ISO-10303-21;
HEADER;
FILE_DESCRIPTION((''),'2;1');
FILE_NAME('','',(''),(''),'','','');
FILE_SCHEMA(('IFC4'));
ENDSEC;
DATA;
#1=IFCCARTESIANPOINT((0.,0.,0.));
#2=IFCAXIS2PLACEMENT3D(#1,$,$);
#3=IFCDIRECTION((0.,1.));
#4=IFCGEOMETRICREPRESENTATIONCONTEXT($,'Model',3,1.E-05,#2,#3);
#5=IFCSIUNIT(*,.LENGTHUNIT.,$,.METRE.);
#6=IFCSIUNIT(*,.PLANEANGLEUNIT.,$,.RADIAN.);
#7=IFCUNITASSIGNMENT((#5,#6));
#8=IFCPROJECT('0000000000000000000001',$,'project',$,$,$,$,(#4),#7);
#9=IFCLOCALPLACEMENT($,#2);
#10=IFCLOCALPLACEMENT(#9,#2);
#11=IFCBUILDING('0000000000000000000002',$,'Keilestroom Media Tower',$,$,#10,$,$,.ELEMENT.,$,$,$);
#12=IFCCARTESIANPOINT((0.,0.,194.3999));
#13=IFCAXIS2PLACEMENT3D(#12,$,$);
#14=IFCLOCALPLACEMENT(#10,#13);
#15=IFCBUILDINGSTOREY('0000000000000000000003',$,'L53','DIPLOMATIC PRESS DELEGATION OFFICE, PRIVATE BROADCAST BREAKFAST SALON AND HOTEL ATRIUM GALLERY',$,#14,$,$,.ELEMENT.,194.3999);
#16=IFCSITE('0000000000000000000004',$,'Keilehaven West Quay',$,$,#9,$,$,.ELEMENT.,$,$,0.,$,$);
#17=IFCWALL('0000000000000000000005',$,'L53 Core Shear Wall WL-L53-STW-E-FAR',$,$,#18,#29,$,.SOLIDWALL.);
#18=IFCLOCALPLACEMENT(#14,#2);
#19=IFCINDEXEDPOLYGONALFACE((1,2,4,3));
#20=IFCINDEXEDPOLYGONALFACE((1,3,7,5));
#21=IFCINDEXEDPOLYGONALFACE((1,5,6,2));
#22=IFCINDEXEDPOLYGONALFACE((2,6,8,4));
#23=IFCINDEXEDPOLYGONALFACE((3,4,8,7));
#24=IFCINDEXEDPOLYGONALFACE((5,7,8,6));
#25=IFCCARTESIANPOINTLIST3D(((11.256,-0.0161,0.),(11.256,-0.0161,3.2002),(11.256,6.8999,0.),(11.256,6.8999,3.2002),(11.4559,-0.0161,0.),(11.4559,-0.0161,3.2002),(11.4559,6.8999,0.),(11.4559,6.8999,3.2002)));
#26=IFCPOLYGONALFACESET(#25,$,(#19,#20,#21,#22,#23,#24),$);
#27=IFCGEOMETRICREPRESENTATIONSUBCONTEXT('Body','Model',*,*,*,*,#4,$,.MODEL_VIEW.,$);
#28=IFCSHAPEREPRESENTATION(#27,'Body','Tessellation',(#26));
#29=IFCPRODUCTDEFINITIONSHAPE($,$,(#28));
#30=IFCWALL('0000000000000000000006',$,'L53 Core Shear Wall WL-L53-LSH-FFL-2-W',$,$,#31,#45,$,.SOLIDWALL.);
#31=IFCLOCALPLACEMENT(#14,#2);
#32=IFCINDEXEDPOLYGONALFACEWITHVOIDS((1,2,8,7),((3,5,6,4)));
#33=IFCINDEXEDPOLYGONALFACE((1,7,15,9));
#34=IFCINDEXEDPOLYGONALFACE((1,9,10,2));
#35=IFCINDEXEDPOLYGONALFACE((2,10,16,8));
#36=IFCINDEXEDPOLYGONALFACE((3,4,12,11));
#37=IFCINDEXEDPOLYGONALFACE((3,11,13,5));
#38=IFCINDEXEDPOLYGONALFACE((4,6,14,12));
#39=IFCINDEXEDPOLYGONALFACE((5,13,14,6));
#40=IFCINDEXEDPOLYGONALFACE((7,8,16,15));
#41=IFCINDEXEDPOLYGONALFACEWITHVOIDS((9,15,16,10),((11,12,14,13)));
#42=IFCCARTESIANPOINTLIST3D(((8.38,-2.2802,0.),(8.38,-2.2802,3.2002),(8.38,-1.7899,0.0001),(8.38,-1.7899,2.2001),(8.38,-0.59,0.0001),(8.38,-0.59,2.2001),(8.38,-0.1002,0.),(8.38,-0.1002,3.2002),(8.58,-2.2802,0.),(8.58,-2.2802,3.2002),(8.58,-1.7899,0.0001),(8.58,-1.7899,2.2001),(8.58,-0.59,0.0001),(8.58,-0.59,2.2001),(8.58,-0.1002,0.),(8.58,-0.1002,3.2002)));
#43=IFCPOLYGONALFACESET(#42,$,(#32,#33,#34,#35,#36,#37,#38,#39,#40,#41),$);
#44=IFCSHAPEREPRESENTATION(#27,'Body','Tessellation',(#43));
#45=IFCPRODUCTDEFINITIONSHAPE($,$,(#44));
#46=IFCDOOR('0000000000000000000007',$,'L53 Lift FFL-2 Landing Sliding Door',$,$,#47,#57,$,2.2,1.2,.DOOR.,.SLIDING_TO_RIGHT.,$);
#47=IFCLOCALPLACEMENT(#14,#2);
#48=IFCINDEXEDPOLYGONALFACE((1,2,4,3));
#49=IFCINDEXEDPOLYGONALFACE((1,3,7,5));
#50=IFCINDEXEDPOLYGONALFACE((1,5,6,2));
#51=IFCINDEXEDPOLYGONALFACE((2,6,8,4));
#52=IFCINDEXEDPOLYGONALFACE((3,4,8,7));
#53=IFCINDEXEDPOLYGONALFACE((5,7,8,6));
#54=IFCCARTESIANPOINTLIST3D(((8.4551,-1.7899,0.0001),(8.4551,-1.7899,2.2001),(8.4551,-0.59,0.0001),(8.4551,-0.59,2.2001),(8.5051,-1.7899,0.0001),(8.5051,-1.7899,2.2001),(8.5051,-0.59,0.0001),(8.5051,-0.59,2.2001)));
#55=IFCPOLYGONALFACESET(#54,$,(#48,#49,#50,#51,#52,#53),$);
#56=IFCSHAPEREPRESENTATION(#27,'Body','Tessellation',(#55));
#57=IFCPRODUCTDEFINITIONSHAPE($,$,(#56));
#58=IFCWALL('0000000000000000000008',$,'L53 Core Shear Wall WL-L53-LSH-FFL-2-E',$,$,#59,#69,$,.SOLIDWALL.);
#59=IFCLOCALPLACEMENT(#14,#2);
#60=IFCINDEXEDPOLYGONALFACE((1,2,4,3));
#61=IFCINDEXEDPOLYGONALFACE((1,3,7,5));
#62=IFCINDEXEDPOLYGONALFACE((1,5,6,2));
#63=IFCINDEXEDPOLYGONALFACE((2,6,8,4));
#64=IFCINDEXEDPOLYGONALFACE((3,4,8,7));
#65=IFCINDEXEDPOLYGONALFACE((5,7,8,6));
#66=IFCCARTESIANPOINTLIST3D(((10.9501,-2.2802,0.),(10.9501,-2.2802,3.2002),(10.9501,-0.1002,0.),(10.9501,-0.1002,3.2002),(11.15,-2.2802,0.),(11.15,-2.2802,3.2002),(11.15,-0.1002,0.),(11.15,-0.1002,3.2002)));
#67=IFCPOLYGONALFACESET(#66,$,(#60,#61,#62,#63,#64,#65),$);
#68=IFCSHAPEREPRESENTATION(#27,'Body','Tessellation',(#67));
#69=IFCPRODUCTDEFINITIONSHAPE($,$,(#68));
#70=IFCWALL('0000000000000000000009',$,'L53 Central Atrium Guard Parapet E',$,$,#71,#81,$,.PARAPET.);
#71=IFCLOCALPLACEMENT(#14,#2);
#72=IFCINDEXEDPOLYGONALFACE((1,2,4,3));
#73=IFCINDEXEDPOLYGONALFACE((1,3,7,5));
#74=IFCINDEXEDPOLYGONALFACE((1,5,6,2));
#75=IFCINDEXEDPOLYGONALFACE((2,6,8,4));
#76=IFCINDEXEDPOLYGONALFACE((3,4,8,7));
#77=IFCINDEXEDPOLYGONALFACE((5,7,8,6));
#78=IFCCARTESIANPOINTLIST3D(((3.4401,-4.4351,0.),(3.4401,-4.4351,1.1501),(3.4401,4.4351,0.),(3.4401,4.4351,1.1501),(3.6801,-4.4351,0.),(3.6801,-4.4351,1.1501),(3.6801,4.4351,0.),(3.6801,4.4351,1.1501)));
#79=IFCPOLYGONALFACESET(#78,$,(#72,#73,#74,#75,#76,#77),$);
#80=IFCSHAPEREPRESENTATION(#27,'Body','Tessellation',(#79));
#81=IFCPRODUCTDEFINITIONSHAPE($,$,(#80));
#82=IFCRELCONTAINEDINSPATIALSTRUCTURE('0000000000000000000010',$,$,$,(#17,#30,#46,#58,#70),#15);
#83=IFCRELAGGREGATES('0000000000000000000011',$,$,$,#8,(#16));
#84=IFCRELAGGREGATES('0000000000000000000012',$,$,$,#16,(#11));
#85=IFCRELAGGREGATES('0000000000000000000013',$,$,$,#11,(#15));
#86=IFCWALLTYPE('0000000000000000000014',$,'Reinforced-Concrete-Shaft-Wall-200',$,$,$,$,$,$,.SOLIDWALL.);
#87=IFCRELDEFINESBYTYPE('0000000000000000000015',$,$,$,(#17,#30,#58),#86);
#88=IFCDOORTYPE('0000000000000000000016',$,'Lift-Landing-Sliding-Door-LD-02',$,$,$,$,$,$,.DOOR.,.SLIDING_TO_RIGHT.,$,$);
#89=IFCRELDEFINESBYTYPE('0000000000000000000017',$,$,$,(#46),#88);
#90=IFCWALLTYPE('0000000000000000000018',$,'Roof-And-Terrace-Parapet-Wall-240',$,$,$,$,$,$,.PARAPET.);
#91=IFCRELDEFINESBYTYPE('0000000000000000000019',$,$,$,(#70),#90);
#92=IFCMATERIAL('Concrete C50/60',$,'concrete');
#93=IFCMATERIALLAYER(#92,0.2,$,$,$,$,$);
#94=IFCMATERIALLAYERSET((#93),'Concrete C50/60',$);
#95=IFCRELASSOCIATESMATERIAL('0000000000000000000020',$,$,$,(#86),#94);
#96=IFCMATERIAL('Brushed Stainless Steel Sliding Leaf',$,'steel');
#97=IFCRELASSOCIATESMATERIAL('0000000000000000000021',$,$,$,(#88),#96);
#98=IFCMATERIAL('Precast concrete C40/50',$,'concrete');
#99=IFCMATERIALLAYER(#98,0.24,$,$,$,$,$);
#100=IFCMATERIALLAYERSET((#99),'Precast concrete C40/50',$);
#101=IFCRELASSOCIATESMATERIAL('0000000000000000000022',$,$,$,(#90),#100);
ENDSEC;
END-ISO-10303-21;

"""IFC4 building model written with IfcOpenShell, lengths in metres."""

from ifc_helpers import new_model, si_unit, direction, frame, frame_2d, origin, place, context, subcontext, project, spatial, rectangle, extrude, source, transform, mapped, material, layer, layer_set, type_object, element, fill, save


model = new_model("IFC4")

# Units and contexts
model_context = context("Model", 3, precision=1e-05, world=origin(), true_north=direction((0.0, 1.0)))
body_context = subcontext(model_context, "Body", "Model", "MODEL_VIEW")
ifc_project = project(units=[si_unit("LENGTHUNIT", "METRE"), si_unit("PLANEANGLEUNIT", "RADIAN")], contexts=[model_context])

# Site, building, storey
site_placement = place(None, origin())
site = spatial("IfcSite", under=ifc_project, at=site_placement, Name="Keilehaven West Quay", CompositionType="ELEMENT", RefElevation=0.0)
building_placement = place(site_placement, origin())
building = spatial("IfcBuilding", under=site, at=building_placement, Name="Keilestroom Media Tower", CompositionType="ELEMENT")
storey_placement = place(building_placement, frame((0.0, 0.0, 194.3999)))
storey = spatial("IfcBuildingStorey", under=building, at=storey_placement, Name="L53", Description="DIPLOMATIC PRESS DELEGATION OFFICE, PRIVATE BROADCAST BREAKFAST SALON AND HOTEL ATRIUM GALLERY", CompositionType="ELEMENT", Elevation=194.3999)

# Shared definitions
shared_shape_1 = source(origin(), body_context, "Body", "SweptSolid", [
    extrude(rectangle(XDim=1.2, YDim=2.2, at=frame_2d((0.6001, 1.1001))), frame((0.0, 0.0249, 0.0), z_axis=(0.0, -1.0, 0.0), x_axis=(1.0, 0.0, 0.0)), (0.0, 0.0, 1.0), 0.05),
])

# Shared definitions
ifc_material_1 = material(Name="Concrete C50/60", Category="concrete")
ifc_layer_1 = layer(ifc_material_1, 0.2)
ifc_layer_set_1 = layer_set([ifc_layer_1], Name="Concrete C50/60")
wall_type_1 = type_object("IfcWallType", Name="Reinforced-Concrete-Shaft-Wall-200", PredefinedType="SOLIDWALL", material=ifc_layer_set_1)

# Wall
wall_1_placement = place(storey_placement, frame((11.356, -0.0161, 0.0), z_axis=(0.0, 0.0, 1.0), x_axis=(0.0, 1.0, 0.0)))
element("IfcWall", 1, at=wall_1_placement, inside=storey, type_object=wall_type_1, Name="L53 Core Shear Wall WL-L53-STW-E-FAR", PredefinedType="SOLIDWALL", context=body_context, shape_type="SweptSolid", body=[
    extrude(rectangle(XDim=6.916, YDim=0.2, at=frame_2d((3.458, 0.0))), origin(), (0.0, 0.0, 1.0), 3.2002),
])

# Wall, opening, door
wall_2_placement = place(storey_placement, frame((8.48, -2.28, 0.0), z_axis=(0.0, 0.0, 1.0), x_axis=(0.0, 1.0, 0.0)))
wall_2 = element("IfcWall", 2, at=wall_2_placement, inside=storey, type_object=wall_type_1, Name="L53 Core Shear Wall WL-L53-LSH-FFL-2-W", PredefinedType="SOLIDWALL", context=body_context, shape_type="SweptSolid", body=[
    extrude(rectangle(XDim=2.1799, YDim=0.2, at=frame_2d((1.0898, 0.0))), origin(), (0.0, 0.0, 1.0), 3.2002),
])
opening_1_placement = place(wall_2_placement, frame((0.49, 0.0, 0.0)))
opening_1 = element("IfcOpeningElement", 3, at=opening_1_placement, cuts=wall_2, PredefinedType="OPENING", context=body_context, shape_type="SweptSolid", body=[
    extrude(rectangle(XDim=1.2, YDim=2.2, at=frame_2d((0.6001, 1.1001))), frame((0.0, 0.1099, 0.0), z_axis=(0.0, -1.0, 0.0), x_axis=(1.0, 0.0, 0.0)), (0.0, 0.0, 1.0), 0.22),
])
ifc_material_2 = material(Name="Brushed Stainless Steel Sliding Leaf", Category="steel")
door_type_1 = type_object("IfcDoorType", Name="Lift-Landing-Sliding-Door-LD-02", OperationType="SLIDING_TO_RIGHT", PredefinedType="DOOR", material=ifc_material_2)
door_1_placement = place(opening_1_placement, origin())
door_1 = element("IfcDoor", 4, at=door_1_placement, inside=storey, type_object=door_type_1, Name="L53 Lift FFL-2 Landing Sliding Door", OperationType="SLIDING_TO_RIGHT", OverallHeight=2.2, OverallWidth=1.2, PredefinedType="DOOR", context=body_context, shape_type="MappedRepresentation", body=[
    mapped(shared_shape_1, transform((0.0, 0.0, 0.0), x_axis=(1.0, 0.0, 0.0), y_axis=(0.0, 1.0, 0.0), z_axis=(0.0, 0.0, 1.0), scale=1.0)),
])
fill(opening_1, door_1)

# Walls
wall_3_placement = place(storey_placement, frame((11.05, -2.28, 0.0), z_axis=(0.0, 0.0, 1.0), x_axis=(0.0, 1.0, 0.0)))
element("IfcWall", 5, at=wall_3_placement, inside=storey, type_object=wall_type_1, Name="L53 Core Shear Wall WL-L53-LSH-FFL-2-E", PredefinedType="SOLIDWALL", context=body_context, shape_type="SweptSolid", body=[
    extrude(rectangle(XDim=2.1799, YDim=0.2, at=frame_2d((1.0898, 0.0))), origin(), (0.0, 0.0, 1.0), 3.2002),
])
ifc_material_3 = material(Name="Precast concrete C40/50", Category="concrete")
ifc_layer_2 = layer(ifc_material_3, 0.24)
ifc_layer_set_2 = layer_set([ifc_layer_2], Name="Precast concrete C40/50")
wall_type_2 = type_object("IfcWallType", Name="Roof-And-Terrace-Parapet-Wall-240", PredefinedType="PARAPET", material=ifc_layer_set_2)
wall_4_placement = place(storey_placement, frame((3.5601, -4.4351, 0.0), z_axis=(0.0, 0.0, 1.0), x_axis=(0.0, 1.0, 0.0)))
element("IfcWall", 6, at=wall_4_placement, inside=storey, type_object=wall_type_2, Name="L53 Central Atrium Guard Parapet E", PredefinedType="PARAPET", context=body_context, shape_type="SweptSolid", body=[
    extrude(rectangle(XDim=8.8701, YDim=0.24, at=frame_2d((4.4351, 0.0))), origin(), (0.0, 0.0, 1.0), 1.1501),
])

save(model, "model.ifc")
